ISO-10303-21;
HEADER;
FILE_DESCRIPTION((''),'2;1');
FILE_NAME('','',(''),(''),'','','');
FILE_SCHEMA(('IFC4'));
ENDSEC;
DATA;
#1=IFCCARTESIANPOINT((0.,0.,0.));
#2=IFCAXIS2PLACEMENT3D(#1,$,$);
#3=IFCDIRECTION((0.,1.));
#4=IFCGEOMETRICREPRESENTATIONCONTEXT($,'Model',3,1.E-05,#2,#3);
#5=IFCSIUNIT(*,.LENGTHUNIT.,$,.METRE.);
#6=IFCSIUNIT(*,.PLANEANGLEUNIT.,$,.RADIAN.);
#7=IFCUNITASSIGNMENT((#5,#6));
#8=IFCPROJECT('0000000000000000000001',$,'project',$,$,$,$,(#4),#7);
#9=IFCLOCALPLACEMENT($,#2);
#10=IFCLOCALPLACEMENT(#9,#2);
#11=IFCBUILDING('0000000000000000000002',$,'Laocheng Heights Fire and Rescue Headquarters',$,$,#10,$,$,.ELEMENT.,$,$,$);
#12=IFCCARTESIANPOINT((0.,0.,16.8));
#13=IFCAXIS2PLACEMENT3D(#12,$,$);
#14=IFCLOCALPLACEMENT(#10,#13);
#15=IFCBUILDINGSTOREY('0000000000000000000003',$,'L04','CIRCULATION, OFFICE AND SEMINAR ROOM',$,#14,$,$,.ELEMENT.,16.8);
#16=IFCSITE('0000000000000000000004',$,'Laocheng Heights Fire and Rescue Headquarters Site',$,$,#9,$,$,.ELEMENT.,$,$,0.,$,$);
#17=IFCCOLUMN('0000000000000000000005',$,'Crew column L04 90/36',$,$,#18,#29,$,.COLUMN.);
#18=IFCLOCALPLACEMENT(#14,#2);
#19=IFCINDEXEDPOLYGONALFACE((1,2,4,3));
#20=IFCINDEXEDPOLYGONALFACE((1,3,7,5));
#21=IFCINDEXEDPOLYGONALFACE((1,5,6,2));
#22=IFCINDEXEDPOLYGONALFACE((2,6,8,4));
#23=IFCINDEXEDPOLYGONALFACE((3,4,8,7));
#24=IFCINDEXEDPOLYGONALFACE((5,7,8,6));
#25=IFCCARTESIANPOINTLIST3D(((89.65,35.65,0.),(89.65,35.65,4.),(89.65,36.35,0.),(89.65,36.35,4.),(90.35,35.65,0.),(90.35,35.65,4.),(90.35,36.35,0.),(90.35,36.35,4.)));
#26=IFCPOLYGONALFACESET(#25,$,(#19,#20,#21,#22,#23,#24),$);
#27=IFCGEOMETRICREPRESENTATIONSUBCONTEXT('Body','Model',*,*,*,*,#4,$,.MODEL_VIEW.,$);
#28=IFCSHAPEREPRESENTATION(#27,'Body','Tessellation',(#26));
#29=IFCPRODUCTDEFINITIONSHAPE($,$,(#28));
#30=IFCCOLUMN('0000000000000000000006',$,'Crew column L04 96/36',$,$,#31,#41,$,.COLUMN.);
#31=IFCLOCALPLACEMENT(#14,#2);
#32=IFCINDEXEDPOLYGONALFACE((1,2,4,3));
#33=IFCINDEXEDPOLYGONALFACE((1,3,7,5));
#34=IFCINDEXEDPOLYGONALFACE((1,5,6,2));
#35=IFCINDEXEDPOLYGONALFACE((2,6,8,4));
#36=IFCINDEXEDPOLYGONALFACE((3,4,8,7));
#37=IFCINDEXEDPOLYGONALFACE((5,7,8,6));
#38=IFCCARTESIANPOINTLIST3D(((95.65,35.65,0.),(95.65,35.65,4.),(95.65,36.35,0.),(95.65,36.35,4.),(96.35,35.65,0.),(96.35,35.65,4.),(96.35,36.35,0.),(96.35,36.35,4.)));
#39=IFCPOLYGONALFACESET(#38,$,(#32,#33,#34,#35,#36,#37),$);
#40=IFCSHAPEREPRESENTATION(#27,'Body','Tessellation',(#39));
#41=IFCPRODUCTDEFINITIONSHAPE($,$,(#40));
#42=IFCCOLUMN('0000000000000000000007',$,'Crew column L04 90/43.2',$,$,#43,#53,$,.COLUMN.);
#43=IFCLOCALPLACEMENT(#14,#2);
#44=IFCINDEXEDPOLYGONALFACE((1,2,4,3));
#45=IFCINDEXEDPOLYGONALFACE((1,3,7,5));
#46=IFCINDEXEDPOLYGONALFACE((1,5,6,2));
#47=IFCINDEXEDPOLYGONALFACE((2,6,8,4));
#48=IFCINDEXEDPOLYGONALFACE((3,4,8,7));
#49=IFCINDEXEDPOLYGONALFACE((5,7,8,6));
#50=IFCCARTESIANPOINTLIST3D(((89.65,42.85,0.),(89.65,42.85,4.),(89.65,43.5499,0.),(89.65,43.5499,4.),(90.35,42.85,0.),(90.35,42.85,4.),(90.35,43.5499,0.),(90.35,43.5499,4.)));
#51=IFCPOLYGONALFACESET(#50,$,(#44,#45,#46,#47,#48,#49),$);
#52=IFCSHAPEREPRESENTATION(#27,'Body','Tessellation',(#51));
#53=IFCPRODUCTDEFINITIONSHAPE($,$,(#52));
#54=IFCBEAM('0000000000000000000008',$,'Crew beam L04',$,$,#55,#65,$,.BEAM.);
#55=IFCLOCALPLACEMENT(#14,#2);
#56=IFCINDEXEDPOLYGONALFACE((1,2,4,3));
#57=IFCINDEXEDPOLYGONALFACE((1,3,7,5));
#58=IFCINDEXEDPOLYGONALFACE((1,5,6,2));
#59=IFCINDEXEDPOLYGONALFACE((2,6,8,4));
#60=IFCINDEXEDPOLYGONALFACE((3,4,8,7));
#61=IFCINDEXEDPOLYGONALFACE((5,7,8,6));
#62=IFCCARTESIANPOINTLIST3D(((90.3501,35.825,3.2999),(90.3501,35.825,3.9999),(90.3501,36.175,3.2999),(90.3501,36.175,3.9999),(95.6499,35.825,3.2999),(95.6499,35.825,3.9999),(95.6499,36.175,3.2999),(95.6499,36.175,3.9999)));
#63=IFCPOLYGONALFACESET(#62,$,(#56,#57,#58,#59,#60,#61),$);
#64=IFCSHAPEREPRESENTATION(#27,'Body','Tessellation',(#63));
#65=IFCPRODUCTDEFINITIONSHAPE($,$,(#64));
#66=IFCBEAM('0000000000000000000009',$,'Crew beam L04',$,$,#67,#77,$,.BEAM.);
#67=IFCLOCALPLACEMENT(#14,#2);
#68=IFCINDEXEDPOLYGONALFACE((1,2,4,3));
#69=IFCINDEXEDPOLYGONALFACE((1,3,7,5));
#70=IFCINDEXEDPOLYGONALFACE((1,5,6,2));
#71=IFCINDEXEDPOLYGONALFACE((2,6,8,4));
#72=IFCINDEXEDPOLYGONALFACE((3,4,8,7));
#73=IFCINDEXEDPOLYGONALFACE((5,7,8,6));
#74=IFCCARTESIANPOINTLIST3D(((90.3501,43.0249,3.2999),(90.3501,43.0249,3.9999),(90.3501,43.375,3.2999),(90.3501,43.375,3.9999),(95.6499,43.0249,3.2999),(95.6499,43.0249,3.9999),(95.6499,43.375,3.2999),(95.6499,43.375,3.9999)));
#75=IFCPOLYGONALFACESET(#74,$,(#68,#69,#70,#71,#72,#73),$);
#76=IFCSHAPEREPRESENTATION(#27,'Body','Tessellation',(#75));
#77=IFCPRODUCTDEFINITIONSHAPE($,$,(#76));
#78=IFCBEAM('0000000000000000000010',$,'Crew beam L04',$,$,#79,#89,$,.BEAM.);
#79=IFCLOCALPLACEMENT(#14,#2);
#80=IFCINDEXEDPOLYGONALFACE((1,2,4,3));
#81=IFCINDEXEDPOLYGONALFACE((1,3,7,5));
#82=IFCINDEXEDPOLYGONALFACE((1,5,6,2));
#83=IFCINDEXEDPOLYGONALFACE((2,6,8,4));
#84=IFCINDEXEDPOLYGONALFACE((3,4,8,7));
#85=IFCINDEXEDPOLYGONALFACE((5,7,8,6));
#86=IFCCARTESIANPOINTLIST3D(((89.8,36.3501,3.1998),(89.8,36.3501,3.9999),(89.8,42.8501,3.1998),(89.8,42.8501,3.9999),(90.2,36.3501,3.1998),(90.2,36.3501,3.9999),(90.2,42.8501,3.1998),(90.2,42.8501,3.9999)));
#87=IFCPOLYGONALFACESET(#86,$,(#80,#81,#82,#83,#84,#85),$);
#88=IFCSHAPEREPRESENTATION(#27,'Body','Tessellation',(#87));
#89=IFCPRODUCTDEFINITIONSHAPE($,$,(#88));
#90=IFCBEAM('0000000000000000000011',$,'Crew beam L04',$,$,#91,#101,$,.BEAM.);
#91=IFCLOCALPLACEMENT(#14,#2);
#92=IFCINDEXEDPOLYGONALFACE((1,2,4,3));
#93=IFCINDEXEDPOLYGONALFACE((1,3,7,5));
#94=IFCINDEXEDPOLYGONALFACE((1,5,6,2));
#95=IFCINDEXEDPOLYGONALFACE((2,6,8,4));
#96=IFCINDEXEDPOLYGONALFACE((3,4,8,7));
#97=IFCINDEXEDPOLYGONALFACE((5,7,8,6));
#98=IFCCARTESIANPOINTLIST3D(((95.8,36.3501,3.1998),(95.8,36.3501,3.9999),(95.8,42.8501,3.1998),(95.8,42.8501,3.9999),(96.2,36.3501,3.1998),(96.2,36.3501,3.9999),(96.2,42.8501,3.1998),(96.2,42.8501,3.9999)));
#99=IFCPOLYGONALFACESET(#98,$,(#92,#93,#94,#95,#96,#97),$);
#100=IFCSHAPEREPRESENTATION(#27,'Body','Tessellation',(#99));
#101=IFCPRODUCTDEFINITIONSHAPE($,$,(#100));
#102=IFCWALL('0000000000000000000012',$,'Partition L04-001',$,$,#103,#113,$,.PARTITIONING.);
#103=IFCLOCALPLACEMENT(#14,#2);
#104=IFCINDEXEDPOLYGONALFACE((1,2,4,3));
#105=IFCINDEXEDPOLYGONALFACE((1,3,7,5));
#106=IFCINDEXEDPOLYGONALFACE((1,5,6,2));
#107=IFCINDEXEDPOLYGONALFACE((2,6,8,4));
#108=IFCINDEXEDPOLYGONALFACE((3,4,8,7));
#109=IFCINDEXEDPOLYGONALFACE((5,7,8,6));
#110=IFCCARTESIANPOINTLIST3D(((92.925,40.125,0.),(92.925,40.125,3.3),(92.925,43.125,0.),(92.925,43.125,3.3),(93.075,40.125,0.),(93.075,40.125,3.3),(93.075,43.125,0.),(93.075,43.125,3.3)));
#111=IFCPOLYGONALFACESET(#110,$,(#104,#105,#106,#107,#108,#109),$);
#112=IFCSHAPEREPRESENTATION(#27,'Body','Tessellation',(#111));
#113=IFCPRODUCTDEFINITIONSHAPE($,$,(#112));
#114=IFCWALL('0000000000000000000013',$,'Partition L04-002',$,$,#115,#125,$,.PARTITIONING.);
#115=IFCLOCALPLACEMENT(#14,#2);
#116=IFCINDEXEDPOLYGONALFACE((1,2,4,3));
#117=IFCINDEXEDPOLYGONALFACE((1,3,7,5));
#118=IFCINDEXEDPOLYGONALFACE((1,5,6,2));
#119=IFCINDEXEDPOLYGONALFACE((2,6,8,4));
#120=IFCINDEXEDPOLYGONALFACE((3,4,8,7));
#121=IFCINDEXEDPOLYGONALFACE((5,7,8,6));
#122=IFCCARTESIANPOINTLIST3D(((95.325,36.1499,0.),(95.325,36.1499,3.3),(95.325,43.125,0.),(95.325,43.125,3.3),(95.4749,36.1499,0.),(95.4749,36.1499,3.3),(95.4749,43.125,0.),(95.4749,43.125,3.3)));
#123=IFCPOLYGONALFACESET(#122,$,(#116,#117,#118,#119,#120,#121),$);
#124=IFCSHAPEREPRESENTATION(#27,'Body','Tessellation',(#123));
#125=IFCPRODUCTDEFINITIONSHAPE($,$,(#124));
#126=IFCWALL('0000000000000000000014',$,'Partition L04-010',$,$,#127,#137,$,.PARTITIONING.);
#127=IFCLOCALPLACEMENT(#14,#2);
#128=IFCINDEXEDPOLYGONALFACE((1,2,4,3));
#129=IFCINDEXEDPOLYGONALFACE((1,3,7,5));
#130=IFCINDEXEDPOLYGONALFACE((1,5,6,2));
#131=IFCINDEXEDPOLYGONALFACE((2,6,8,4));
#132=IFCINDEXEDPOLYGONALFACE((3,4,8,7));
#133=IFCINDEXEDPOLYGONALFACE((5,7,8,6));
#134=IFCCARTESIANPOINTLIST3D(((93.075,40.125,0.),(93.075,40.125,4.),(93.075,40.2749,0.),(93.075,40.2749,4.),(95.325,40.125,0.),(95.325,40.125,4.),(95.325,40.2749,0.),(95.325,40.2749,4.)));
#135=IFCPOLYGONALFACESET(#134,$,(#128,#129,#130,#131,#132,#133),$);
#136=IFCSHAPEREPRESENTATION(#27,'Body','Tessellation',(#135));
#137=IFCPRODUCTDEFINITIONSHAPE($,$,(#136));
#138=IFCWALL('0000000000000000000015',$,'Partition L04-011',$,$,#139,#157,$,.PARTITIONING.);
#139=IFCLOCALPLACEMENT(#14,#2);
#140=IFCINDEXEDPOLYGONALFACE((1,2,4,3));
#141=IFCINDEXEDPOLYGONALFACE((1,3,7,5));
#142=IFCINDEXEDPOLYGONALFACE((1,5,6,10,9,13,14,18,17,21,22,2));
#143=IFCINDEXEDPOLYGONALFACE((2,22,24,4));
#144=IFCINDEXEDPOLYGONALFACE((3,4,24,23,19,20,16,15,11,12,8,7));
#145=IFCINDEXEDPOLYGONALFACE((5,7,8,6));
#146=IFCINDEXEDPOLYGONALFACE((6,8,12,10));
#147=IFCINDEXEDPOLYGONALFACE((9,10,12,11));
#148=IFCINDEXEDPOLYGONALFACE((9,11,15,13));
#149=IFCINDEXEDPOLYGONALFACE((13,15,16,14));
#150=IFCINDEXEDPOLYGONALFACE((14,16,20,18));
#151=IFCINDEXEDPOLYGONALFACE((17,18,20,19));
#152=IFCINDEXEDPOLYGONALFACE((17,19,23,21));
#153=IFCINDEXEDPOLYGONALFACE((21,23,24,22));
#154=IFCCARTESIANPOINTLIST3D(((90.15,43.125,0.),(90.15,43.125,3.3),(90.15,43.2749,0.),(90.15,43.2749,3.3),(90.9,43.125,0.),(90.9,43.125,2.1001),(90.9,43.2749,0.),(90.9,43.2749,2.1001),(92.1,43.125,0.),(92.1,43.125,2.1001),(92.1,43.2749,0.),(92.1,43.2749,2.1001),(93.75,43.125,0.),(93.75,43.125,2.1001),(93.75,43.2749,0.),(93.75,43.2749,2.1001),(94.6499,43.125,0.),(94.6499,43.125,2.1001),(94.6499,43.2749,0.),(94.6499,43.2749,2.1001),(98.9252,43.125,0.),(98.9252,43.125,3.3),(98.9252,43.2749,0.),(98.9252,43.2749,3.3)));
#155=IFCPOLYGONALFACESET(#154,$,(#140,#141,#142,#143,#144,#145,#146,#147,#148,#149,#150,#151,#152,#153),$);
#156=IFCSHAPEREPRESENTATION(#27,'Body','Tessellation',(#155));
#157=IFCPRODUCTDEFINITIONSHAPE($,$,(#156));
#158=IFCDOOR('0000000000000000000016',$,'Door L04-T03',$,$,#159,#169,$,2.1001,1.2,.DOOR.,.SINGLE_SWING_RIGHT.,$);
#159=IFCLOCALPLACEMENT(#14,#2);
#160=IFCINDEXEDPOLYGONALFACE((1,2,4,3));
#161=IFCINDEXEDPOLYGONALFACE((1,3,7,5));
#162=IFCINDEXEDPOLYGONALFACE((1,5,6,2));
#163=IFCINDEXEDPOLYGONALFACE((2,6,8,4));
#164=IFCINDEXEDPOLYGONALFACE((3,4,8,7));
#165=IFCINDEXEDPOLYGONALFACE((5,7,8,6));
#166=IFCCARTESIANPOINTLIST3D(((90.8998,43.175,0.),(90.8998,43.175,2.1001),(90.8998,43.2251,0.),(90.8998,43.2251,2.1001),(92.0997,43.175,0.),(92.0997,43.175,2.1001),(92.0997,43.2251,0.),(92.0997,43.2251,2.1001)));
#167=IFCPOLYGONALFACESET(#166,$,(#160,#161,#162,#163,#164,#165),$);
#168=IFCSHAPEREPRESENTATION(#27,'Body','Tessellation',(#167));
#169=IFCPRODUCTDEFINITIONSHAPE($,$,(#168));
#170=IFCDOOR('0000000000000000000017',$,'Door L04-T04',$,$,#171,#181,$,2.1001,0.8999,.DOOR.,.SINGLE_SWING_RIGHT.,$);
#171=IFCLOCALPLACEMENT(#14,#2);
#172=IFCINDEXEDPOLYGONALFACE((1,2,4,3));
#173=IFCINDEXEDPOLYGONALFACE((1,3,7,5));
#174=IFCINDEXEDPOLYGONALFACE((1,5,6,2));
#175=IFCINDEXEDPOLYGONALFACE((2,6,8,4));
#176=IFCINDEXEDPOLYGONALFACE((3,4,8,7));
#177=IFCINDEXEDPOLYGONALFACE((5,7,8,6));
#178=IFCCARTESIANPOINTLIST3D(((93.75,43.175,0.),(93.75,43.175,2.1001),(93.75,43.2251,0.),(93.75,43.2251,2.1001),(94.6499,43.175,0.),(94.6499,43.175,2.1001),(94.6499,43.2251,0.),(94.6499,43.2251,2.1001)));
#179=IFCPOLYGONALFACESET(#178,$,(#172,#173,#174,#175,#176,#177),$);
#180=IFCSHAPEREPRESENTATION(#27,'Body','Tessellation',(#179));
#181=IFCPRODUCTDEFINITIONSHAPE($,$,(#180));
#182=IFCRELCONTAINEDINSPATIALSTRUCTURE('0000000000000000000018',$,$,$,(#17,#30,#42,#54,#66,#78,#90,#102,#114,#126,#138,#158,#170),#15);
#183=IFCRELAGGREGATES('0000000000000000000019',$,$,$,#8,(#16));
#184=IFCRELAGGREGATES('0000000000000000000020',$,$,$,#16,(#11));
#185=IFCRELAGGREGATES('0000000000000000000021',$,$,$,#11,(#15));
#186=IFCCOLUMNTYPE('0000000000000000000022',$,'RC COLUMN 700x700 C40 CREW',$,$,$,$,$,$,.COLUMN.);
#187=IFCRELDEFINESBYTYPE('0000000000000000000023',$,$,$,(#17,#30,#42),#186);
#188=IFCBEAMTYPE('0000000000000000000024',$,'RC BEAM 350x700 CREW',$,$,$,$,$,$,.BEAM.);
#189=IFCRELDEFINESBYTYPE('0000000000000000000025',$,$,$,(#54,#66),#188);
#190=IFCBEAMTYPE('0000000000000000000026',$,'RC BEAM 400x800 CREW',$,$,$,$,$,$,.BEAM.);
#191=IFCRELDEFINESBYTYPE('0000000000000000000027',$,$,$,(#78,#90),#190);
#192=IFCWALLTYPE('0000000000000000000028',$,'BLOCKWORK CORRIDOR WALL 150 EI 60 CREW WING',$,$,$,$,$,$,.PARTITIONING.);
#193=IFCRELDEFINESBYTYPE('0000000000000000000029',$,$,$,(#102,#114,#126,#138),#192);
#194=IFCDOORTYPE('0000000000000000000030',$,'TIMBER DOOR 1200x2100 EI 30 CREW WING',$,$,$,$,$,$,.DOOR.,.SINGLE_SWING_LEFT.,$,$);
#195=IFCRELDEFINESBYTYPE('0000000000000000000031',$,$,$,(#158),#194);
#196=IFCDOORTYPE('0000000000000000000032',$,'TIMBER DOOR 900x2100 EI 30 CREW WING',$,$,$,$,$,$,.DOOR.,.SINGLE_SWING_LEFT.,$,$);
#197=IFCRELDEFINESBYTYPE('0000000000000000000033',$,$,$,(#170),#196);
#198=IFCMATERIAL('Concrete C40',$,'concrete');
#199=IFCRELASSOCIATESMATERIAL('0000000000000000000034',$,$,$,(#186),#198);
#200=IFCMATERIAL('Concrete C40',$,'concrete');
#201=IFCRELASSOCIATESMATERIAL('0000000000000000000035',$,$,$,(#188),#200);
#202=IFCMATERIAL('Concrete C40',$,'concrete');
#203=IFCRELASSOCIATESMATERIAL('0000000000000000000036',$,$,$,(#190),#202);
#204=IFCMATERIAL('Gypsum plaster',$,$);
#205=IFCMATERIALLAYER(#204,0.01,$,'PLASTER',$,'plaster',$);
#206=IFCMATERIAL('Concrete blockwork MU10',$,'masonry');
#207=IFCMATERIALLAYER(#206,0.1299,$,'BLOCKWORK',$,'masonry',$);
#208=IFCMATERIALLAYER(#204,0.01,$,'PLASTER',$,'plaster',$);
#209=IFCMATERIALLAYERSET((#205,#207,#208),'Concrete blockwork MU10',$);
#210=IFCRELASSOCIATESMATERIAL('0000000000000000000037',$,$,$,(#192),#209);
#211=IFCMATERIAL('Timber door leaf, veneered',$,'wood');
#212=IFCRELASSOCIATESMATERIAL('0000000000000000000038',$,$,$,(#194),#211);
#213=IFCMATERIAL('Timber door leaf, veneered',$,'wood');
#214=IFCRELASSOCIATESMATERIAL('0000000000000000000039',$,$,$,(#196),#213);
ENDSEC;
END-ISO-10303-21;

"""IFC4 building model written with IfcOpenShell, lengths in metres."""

from ifc_helpers import new_model, si_unit, direction, frame, frame_2d, origin, origin_2d, place, context, subcontext, project, spatial, rectangle, extrude, material, layer, layer_set, material_profile, profile_set, type_object, element, fill, save


model = new_model("IFC4")

# Units and contexts
model_context = context("Model", 3, precision=1e-05, world=origin(), true_north=direction((0.0, 1.0)))
body_context = subcontext(model_context, "Body", "Model", "MODEL_VIEW")
ifc_project = project(units=[si_unit("LENGTHUNIT", "METRE"), si_unit("PLANEANGLEUNIT", "RADIAN")], contexts=[model_context])

# Site, building, storey
site_placement = place(None, origin())
site = spatial("IfcSite", under=ifc_project, at=site_placement, Name="Laocheng Heights Fire and Rescue Headquarters Site", CompositionType="ELEMENT", RefElevation=0.0)
building_placement = place(site_placement, origin())
building = spatial("IfcBuilding", under=site, at=building_placement, Name="Laocheng Heights Fire and Rescue Headquarters", CompositionType="ELEMENT")
storey_placement = place(building_placement, frame((0.0, 0.0, 16.8)))
storey = spatial("IfcBuildingStorey", under=building, at=storey_placement, Name="L04", Description="CIRCULATION, OFFICE AND SEMINAR ROOM", CompositionType="ELEMENT", Elevation=16.8)

# Columns
ifc_material_1 = material(Name="Concrete C40", Category="concrete")
ifc_material_profile_1 = material_profile(ifc_material_1, rectangle(XDim=0.7, YDim=0.7, at=origin_2d()), Name="RC COLUMN 700x700 C40 CREW")
ifc_profile_set_1 = profile_set([ifc_material_profile_1], Name="Concrete C40")
column_type = type_object("IfcColumnType", Name="RC COLUMN 700x700 C40 CREW", PredefinedType="COLUMN", material=ifc_profile_set_1)
for number, where, z_axis, x_axis, name in (
    (1, (90.0, 36.0, 0.0), (0.0, 0.0, 1.0), (1.0, 0.0, 0.0), "Crew column L04 90/36"),
    (2, (96.0, 36.0, 0.0), (0.0, 0.0, 1.0), (1.0, 0.0, 0.0), "Crew column L04 96/36"),
    (3, (90.0, 43.2, 0.0), (0.0, 0.0, 1.0), (1.0, 0.0, 0.0), "Crew column L04 90/43.2"),
):
    element("IfcColumn", number, at=place(storey_placement, frame(where, z_axis=z_axis, x_axis=x_axis)), inside=storey, type_object=column_type, Name=name, PredefinedType="COLUMN", context=body_context, shape_type="SweptSolid", body=[
        extrude(rectangle(XDim=0.7, YDim=0.7, at=origin_2d()), origin(), (0.0, 0.0, 1.0), 4.0),
    ])

# Beams
ifc_material_2 = material(Name="Concrete C40", Category="concrete")
ifc_material_profile_2 = material_profile(ifc_material_2, rectangle(XDim=0.3501, YDim=0.7, at=origin_2d()), Name="RC BEAM 350x700 CREW")
ifc_profile_set_2 = profile_set([ifc_material_profile_2], Name="Concrete C40")
beam_type_1 = type_object("IfcBeamType", Name="RC BEAM 350x700 CREW", PredefinedType="BEAM", material=ifc_profile_set_2)
for number, where, z_axis, x_axis, name in (
    (4, (90.3501, 36.0, 3.6499), (1.0, 0.0, 0.0), (0.0, 1.0, 0.0), "Crew beam L04"),
    (5, (90.3501, 43.2, 3.6499), (1.0, 0.0, 0.0), (0.0, 1.0, 0.0), "Crew beam L04"),
):
    element("IfcBeam", number, at=place(storey_placement, frame(where, z_axis=z_axis, x_axis=x_axis)), inside=storey, type_object=beam_type_1, Name=name, PredefinedType="BEAM", context=body_context, shape_type="SweptSolid", body=[
        extrude(rectangle(XDim=0.3501, YDim=0.7, at=origin_2d()), origin(), (0.0, 0.0, 1.0), 5.2998),
    ])
ifc_material_3 = material(Name="Concrete C40", Category="concrete")
ifc_material_profile_3 = material_profile(ifc_material_3, rectangle(XDim=0.3999, YDim=0.8, at=origin_2d()), Name="RC BEAM 400x800 CREW")
ifc_profile_set_3 = profile_set([ifc_material_profile_3], Name="Concrete C40")
beam_type_2 = type_object("IfcBeamType", Name="RC BEAM 400x800 CREW", PredefinedType="BEAM", material=ifc_profile_set_3)
for number, where, z_axis, x_axis, name in (
    (6, (90.0, 36.3501, 3.5999), (0.0, 1.0, 0.0), (-1.0, 0.0, 0.0), "Crew beam L04"),
    (7, (96.0, 36.3501, 3.5999), (0.0, 1.0, 0.0), (-1.0, 0.0, 0.0), "Crew beam L04"),
):
    element("IfcBeam", number, at=place(storey_placement, frame(where, z_axis=z_axis, x_axis=x_axis)), inside=storey, type_object=beam_type_2, Name=name, PredefinedType="BEAM", context=body_context, shape_type="SweptSolid", body=[
        extrude(rectangle(XDim=0.3999, YDim=0.8, at=origin_2d()), origin(), (0.0, 0.0, 1.0), 6.5),
    ])

# Walls
ifc_material_4 = material(Name="Gypsum plaster")
ifc_layer_1 = layer(ifc_material_4, 0.01, Name="PLASTER", Category="plaster")
ifc_material_5 = material(Name="Concrete blockwork MU10", Category="masonry")
ifc_layer_2 = layer(ifc_material_5, 0.1299, Name="BLOCKWORK", Category="masonry")
ifc_layer_3 = layer(ifc_material_4, 0.01, Name="PLASTER", Category="plaster")
ifc_layer_set_1 = layer_set([ifc_layer_1, ifc_layer_2, ifc_layer_3], Name="Concrete blockwork MU10")
wall_type_1 = type_object("IfcWallType", Name="BLOCKWORK CORRIDOR WALL 150 EI 60 CREW WING", PredefinedType="PARTITIONING", material=ifc_layer_set_1)
wall_1_placement = place(storey_placement, frame((93.0, 40.125, 0.0), z_axis=(0.0, 0.0, 1.0), x_axis=(0.0, 1.0, 0.0)))
element("IfcWall", 8, at=wall_1_placement, inside=storey, type_object=wall_type_1, Name="Partition L04-001", PredefinedType="PARTITIONING", context=body_context, shape_type="SweptSolid", body=[
    extrude(rectangle(XDim=3.0, YDim=0.1499, at=frame_2d((1.5, 0.0))), origin(), (0.0, 0.0, 1.0), 3.3),
])
wall_2_placement = place(storey_placement, frame((95.3999, 36.1499, 0.0), z_axis=(0.0, 0.0, 1.0), x_axis=(0.0, 1.0, 0.0)))
element("IfcWall", 9, at=wall_2_placement, inside=storey, type_object=wall_type_1, Name="Partition L04-002", PredefinedType="PARTITIONING", context=body_context, shape_type="SweptSolid", body=[
    extrude(rectangle(XDim=6.9751, YDim=0.1499, at=frame_2d((3.4875, 0.0))), origin(), (0.0, 0.0, 1.0), 3.3),
])
wall_3_placement = place(storey_placement, frame((93.075, 40.2, 0.0), z_axis=(0.0, 0.0, 1.0), x_axis=(1.0, 0.0, 0.0)))
element("IfcWall", 10, at=wall_3_placement, inside=storey, type_object=wall_type_1, Name="Partition L04-010", PredefinedType="PARTITIONING", context=body_context, shape_type="SweptSolid", body=[
    extrude(rectangle(XDim=2.25, YDim=0.1499, at=frame_2d((1.125, 0.0))), origin(), (0.0, 0.0, 1.0), 4.0),
])

# Wall, openings, doors
wall_4_placement = place(storey_placement, frame((90.1499, 43.2, 0.0), z_axis=(0.0, 0.0, 1.0), x_axis=(1.0, 0.0, 0.0)))
wall_4 = element("IfcWall", 11, at=wall_4_placement, inside=storey, type_object=wall_type_1, Name="Partition L04-011", PredefinedType="PARTITIONING", context=body_context, shape_type="SweptSolid", body=[
    extrude(rectangle(XDim=8.7751, YDim=0.1499, at=frame_2d((4.3877, 0.0))), origin(), (0.0, 0.0, 1.0), 3.3),
])
opening_1_placement = place(wall_4_placement, frame((0.75, 0.0, 0.0)))
opening_1 = element("IfcOpeningElement", 12, at=opening_1_placement, cuts=wall_4, PredefinedType="OPENING", context=body_context, shape_type="SweptSolid", body=[
    extrude(rectangle(XDim=1.2, YDim=2.1001, at=frame_2d((0.6001, 1.05))), frame((0.0, 0.085, 0.0), z_axis=(0.0, -1.0, 0.0), x_axis=(1.0, 0.0, 0.0)), (0.0, 0.0, 1.0), 0.1699),
])
opening_2_placement = place(wall_4_placement, frame((3.6001, 0.0, 0.0)))
opening_2 = element("IfcOpeningElement", 13, at=opening_2_placement, cuts=wall_4, PredefinedType="OPENING", context=body_context, shape_type="SweptSolid", body=[
    extrude(rectangle(XDim=0.8999, YDim=2.1001, at=frame_2d((0.45, 1.05))), frame((0.0, 0.085, 0.0), z_axis=(0.0, -1.0, 0.0), x_axis=(1.0, 0.0, 0.0)), (0.0, 0.0, 1.0), 0.1699),
])
ifc_material_6 = material(Name="Timber door leaf, veneered", Category="wood")
door_type_1 = type_object("IfcDoorType", Name="TIMBER DOOR 1200x2100 EI 30 CREW WING", OperationType="SINGLE_SWING_LEFT", PredefinedType="DOOR", material=ifc_material_6)
door_1_placement = place(opening_1_placement, frame((1.2, 0.0, 0.0), z_axis=(0.0, 0.0, 1.0), x_axis=(-1.0, 0.0, 0.0)))
door_1 = element("IfcDoor", 14, at=door_1_placement, inside=storey, type_object=door_type_1, Name="Door L04-T03", OperationType="SINGLE_SWING_RIGHT", OverallHeight=2.1001, OverallWidth=1.2, PredefinedType="DOOR", context=body_context, shape_type="SweptSolid", body=[
    extrude(rectangle(XDim=1.2, YDim=2.1001, at=frame_2d((0.6001, 1.05))), frame((0.0, 0.0249, 0.0), z_axis=(0.0, -1.0, 0.0), x_axis=(1.0, 0.0, 0.0)), (0.0, 0.0, 1.0), 0.05),
])
fill(opening_1, door_1)
ifc_material_7 = material(Name="Timber door leaf, veneered", Category="wood")
door_type_2 = type_object("IfcDoorType", Name="TIMBER DOOR 900x2100 EI 30 CREW WING", OperationType="SINGLE_SWING_LEFT", PredefinedType="DOOR", material=ifc_material_7)
door_2_placement = place(opening_2_placement, frame((0.8999, 0.0, 0.0), z_axis=(0.0, 0.0, 1.0), x_axis=(-1.0, 0.0, 0.0)))
door_2 = element("IfcDoor", 15, at=door_2_placement, inside=storey, type_object=door_type_2, Name="Door L04-T04", OperationType="SINGLE_SWING_RIGHT", OverallHeight=2.1001, OverallWidth=0.8999, PredefinedType="DOOR", context=body_context, shape_type="SweptSolid", body=[
    extrude(rectangle(XDim=0.8999, YDim=2.1001, at=frame_2d((0.45, 1.05))), frame((0.0, 0.0249, 0.0), z_axis=(0.0, -1.0, 0.0), x_axis=(1.0, 0.0, 0.0)), (0.0, 0.0, 1.0), 0.05),
])
fill(opening_2, door_2)

save(model, "model.ifc")
